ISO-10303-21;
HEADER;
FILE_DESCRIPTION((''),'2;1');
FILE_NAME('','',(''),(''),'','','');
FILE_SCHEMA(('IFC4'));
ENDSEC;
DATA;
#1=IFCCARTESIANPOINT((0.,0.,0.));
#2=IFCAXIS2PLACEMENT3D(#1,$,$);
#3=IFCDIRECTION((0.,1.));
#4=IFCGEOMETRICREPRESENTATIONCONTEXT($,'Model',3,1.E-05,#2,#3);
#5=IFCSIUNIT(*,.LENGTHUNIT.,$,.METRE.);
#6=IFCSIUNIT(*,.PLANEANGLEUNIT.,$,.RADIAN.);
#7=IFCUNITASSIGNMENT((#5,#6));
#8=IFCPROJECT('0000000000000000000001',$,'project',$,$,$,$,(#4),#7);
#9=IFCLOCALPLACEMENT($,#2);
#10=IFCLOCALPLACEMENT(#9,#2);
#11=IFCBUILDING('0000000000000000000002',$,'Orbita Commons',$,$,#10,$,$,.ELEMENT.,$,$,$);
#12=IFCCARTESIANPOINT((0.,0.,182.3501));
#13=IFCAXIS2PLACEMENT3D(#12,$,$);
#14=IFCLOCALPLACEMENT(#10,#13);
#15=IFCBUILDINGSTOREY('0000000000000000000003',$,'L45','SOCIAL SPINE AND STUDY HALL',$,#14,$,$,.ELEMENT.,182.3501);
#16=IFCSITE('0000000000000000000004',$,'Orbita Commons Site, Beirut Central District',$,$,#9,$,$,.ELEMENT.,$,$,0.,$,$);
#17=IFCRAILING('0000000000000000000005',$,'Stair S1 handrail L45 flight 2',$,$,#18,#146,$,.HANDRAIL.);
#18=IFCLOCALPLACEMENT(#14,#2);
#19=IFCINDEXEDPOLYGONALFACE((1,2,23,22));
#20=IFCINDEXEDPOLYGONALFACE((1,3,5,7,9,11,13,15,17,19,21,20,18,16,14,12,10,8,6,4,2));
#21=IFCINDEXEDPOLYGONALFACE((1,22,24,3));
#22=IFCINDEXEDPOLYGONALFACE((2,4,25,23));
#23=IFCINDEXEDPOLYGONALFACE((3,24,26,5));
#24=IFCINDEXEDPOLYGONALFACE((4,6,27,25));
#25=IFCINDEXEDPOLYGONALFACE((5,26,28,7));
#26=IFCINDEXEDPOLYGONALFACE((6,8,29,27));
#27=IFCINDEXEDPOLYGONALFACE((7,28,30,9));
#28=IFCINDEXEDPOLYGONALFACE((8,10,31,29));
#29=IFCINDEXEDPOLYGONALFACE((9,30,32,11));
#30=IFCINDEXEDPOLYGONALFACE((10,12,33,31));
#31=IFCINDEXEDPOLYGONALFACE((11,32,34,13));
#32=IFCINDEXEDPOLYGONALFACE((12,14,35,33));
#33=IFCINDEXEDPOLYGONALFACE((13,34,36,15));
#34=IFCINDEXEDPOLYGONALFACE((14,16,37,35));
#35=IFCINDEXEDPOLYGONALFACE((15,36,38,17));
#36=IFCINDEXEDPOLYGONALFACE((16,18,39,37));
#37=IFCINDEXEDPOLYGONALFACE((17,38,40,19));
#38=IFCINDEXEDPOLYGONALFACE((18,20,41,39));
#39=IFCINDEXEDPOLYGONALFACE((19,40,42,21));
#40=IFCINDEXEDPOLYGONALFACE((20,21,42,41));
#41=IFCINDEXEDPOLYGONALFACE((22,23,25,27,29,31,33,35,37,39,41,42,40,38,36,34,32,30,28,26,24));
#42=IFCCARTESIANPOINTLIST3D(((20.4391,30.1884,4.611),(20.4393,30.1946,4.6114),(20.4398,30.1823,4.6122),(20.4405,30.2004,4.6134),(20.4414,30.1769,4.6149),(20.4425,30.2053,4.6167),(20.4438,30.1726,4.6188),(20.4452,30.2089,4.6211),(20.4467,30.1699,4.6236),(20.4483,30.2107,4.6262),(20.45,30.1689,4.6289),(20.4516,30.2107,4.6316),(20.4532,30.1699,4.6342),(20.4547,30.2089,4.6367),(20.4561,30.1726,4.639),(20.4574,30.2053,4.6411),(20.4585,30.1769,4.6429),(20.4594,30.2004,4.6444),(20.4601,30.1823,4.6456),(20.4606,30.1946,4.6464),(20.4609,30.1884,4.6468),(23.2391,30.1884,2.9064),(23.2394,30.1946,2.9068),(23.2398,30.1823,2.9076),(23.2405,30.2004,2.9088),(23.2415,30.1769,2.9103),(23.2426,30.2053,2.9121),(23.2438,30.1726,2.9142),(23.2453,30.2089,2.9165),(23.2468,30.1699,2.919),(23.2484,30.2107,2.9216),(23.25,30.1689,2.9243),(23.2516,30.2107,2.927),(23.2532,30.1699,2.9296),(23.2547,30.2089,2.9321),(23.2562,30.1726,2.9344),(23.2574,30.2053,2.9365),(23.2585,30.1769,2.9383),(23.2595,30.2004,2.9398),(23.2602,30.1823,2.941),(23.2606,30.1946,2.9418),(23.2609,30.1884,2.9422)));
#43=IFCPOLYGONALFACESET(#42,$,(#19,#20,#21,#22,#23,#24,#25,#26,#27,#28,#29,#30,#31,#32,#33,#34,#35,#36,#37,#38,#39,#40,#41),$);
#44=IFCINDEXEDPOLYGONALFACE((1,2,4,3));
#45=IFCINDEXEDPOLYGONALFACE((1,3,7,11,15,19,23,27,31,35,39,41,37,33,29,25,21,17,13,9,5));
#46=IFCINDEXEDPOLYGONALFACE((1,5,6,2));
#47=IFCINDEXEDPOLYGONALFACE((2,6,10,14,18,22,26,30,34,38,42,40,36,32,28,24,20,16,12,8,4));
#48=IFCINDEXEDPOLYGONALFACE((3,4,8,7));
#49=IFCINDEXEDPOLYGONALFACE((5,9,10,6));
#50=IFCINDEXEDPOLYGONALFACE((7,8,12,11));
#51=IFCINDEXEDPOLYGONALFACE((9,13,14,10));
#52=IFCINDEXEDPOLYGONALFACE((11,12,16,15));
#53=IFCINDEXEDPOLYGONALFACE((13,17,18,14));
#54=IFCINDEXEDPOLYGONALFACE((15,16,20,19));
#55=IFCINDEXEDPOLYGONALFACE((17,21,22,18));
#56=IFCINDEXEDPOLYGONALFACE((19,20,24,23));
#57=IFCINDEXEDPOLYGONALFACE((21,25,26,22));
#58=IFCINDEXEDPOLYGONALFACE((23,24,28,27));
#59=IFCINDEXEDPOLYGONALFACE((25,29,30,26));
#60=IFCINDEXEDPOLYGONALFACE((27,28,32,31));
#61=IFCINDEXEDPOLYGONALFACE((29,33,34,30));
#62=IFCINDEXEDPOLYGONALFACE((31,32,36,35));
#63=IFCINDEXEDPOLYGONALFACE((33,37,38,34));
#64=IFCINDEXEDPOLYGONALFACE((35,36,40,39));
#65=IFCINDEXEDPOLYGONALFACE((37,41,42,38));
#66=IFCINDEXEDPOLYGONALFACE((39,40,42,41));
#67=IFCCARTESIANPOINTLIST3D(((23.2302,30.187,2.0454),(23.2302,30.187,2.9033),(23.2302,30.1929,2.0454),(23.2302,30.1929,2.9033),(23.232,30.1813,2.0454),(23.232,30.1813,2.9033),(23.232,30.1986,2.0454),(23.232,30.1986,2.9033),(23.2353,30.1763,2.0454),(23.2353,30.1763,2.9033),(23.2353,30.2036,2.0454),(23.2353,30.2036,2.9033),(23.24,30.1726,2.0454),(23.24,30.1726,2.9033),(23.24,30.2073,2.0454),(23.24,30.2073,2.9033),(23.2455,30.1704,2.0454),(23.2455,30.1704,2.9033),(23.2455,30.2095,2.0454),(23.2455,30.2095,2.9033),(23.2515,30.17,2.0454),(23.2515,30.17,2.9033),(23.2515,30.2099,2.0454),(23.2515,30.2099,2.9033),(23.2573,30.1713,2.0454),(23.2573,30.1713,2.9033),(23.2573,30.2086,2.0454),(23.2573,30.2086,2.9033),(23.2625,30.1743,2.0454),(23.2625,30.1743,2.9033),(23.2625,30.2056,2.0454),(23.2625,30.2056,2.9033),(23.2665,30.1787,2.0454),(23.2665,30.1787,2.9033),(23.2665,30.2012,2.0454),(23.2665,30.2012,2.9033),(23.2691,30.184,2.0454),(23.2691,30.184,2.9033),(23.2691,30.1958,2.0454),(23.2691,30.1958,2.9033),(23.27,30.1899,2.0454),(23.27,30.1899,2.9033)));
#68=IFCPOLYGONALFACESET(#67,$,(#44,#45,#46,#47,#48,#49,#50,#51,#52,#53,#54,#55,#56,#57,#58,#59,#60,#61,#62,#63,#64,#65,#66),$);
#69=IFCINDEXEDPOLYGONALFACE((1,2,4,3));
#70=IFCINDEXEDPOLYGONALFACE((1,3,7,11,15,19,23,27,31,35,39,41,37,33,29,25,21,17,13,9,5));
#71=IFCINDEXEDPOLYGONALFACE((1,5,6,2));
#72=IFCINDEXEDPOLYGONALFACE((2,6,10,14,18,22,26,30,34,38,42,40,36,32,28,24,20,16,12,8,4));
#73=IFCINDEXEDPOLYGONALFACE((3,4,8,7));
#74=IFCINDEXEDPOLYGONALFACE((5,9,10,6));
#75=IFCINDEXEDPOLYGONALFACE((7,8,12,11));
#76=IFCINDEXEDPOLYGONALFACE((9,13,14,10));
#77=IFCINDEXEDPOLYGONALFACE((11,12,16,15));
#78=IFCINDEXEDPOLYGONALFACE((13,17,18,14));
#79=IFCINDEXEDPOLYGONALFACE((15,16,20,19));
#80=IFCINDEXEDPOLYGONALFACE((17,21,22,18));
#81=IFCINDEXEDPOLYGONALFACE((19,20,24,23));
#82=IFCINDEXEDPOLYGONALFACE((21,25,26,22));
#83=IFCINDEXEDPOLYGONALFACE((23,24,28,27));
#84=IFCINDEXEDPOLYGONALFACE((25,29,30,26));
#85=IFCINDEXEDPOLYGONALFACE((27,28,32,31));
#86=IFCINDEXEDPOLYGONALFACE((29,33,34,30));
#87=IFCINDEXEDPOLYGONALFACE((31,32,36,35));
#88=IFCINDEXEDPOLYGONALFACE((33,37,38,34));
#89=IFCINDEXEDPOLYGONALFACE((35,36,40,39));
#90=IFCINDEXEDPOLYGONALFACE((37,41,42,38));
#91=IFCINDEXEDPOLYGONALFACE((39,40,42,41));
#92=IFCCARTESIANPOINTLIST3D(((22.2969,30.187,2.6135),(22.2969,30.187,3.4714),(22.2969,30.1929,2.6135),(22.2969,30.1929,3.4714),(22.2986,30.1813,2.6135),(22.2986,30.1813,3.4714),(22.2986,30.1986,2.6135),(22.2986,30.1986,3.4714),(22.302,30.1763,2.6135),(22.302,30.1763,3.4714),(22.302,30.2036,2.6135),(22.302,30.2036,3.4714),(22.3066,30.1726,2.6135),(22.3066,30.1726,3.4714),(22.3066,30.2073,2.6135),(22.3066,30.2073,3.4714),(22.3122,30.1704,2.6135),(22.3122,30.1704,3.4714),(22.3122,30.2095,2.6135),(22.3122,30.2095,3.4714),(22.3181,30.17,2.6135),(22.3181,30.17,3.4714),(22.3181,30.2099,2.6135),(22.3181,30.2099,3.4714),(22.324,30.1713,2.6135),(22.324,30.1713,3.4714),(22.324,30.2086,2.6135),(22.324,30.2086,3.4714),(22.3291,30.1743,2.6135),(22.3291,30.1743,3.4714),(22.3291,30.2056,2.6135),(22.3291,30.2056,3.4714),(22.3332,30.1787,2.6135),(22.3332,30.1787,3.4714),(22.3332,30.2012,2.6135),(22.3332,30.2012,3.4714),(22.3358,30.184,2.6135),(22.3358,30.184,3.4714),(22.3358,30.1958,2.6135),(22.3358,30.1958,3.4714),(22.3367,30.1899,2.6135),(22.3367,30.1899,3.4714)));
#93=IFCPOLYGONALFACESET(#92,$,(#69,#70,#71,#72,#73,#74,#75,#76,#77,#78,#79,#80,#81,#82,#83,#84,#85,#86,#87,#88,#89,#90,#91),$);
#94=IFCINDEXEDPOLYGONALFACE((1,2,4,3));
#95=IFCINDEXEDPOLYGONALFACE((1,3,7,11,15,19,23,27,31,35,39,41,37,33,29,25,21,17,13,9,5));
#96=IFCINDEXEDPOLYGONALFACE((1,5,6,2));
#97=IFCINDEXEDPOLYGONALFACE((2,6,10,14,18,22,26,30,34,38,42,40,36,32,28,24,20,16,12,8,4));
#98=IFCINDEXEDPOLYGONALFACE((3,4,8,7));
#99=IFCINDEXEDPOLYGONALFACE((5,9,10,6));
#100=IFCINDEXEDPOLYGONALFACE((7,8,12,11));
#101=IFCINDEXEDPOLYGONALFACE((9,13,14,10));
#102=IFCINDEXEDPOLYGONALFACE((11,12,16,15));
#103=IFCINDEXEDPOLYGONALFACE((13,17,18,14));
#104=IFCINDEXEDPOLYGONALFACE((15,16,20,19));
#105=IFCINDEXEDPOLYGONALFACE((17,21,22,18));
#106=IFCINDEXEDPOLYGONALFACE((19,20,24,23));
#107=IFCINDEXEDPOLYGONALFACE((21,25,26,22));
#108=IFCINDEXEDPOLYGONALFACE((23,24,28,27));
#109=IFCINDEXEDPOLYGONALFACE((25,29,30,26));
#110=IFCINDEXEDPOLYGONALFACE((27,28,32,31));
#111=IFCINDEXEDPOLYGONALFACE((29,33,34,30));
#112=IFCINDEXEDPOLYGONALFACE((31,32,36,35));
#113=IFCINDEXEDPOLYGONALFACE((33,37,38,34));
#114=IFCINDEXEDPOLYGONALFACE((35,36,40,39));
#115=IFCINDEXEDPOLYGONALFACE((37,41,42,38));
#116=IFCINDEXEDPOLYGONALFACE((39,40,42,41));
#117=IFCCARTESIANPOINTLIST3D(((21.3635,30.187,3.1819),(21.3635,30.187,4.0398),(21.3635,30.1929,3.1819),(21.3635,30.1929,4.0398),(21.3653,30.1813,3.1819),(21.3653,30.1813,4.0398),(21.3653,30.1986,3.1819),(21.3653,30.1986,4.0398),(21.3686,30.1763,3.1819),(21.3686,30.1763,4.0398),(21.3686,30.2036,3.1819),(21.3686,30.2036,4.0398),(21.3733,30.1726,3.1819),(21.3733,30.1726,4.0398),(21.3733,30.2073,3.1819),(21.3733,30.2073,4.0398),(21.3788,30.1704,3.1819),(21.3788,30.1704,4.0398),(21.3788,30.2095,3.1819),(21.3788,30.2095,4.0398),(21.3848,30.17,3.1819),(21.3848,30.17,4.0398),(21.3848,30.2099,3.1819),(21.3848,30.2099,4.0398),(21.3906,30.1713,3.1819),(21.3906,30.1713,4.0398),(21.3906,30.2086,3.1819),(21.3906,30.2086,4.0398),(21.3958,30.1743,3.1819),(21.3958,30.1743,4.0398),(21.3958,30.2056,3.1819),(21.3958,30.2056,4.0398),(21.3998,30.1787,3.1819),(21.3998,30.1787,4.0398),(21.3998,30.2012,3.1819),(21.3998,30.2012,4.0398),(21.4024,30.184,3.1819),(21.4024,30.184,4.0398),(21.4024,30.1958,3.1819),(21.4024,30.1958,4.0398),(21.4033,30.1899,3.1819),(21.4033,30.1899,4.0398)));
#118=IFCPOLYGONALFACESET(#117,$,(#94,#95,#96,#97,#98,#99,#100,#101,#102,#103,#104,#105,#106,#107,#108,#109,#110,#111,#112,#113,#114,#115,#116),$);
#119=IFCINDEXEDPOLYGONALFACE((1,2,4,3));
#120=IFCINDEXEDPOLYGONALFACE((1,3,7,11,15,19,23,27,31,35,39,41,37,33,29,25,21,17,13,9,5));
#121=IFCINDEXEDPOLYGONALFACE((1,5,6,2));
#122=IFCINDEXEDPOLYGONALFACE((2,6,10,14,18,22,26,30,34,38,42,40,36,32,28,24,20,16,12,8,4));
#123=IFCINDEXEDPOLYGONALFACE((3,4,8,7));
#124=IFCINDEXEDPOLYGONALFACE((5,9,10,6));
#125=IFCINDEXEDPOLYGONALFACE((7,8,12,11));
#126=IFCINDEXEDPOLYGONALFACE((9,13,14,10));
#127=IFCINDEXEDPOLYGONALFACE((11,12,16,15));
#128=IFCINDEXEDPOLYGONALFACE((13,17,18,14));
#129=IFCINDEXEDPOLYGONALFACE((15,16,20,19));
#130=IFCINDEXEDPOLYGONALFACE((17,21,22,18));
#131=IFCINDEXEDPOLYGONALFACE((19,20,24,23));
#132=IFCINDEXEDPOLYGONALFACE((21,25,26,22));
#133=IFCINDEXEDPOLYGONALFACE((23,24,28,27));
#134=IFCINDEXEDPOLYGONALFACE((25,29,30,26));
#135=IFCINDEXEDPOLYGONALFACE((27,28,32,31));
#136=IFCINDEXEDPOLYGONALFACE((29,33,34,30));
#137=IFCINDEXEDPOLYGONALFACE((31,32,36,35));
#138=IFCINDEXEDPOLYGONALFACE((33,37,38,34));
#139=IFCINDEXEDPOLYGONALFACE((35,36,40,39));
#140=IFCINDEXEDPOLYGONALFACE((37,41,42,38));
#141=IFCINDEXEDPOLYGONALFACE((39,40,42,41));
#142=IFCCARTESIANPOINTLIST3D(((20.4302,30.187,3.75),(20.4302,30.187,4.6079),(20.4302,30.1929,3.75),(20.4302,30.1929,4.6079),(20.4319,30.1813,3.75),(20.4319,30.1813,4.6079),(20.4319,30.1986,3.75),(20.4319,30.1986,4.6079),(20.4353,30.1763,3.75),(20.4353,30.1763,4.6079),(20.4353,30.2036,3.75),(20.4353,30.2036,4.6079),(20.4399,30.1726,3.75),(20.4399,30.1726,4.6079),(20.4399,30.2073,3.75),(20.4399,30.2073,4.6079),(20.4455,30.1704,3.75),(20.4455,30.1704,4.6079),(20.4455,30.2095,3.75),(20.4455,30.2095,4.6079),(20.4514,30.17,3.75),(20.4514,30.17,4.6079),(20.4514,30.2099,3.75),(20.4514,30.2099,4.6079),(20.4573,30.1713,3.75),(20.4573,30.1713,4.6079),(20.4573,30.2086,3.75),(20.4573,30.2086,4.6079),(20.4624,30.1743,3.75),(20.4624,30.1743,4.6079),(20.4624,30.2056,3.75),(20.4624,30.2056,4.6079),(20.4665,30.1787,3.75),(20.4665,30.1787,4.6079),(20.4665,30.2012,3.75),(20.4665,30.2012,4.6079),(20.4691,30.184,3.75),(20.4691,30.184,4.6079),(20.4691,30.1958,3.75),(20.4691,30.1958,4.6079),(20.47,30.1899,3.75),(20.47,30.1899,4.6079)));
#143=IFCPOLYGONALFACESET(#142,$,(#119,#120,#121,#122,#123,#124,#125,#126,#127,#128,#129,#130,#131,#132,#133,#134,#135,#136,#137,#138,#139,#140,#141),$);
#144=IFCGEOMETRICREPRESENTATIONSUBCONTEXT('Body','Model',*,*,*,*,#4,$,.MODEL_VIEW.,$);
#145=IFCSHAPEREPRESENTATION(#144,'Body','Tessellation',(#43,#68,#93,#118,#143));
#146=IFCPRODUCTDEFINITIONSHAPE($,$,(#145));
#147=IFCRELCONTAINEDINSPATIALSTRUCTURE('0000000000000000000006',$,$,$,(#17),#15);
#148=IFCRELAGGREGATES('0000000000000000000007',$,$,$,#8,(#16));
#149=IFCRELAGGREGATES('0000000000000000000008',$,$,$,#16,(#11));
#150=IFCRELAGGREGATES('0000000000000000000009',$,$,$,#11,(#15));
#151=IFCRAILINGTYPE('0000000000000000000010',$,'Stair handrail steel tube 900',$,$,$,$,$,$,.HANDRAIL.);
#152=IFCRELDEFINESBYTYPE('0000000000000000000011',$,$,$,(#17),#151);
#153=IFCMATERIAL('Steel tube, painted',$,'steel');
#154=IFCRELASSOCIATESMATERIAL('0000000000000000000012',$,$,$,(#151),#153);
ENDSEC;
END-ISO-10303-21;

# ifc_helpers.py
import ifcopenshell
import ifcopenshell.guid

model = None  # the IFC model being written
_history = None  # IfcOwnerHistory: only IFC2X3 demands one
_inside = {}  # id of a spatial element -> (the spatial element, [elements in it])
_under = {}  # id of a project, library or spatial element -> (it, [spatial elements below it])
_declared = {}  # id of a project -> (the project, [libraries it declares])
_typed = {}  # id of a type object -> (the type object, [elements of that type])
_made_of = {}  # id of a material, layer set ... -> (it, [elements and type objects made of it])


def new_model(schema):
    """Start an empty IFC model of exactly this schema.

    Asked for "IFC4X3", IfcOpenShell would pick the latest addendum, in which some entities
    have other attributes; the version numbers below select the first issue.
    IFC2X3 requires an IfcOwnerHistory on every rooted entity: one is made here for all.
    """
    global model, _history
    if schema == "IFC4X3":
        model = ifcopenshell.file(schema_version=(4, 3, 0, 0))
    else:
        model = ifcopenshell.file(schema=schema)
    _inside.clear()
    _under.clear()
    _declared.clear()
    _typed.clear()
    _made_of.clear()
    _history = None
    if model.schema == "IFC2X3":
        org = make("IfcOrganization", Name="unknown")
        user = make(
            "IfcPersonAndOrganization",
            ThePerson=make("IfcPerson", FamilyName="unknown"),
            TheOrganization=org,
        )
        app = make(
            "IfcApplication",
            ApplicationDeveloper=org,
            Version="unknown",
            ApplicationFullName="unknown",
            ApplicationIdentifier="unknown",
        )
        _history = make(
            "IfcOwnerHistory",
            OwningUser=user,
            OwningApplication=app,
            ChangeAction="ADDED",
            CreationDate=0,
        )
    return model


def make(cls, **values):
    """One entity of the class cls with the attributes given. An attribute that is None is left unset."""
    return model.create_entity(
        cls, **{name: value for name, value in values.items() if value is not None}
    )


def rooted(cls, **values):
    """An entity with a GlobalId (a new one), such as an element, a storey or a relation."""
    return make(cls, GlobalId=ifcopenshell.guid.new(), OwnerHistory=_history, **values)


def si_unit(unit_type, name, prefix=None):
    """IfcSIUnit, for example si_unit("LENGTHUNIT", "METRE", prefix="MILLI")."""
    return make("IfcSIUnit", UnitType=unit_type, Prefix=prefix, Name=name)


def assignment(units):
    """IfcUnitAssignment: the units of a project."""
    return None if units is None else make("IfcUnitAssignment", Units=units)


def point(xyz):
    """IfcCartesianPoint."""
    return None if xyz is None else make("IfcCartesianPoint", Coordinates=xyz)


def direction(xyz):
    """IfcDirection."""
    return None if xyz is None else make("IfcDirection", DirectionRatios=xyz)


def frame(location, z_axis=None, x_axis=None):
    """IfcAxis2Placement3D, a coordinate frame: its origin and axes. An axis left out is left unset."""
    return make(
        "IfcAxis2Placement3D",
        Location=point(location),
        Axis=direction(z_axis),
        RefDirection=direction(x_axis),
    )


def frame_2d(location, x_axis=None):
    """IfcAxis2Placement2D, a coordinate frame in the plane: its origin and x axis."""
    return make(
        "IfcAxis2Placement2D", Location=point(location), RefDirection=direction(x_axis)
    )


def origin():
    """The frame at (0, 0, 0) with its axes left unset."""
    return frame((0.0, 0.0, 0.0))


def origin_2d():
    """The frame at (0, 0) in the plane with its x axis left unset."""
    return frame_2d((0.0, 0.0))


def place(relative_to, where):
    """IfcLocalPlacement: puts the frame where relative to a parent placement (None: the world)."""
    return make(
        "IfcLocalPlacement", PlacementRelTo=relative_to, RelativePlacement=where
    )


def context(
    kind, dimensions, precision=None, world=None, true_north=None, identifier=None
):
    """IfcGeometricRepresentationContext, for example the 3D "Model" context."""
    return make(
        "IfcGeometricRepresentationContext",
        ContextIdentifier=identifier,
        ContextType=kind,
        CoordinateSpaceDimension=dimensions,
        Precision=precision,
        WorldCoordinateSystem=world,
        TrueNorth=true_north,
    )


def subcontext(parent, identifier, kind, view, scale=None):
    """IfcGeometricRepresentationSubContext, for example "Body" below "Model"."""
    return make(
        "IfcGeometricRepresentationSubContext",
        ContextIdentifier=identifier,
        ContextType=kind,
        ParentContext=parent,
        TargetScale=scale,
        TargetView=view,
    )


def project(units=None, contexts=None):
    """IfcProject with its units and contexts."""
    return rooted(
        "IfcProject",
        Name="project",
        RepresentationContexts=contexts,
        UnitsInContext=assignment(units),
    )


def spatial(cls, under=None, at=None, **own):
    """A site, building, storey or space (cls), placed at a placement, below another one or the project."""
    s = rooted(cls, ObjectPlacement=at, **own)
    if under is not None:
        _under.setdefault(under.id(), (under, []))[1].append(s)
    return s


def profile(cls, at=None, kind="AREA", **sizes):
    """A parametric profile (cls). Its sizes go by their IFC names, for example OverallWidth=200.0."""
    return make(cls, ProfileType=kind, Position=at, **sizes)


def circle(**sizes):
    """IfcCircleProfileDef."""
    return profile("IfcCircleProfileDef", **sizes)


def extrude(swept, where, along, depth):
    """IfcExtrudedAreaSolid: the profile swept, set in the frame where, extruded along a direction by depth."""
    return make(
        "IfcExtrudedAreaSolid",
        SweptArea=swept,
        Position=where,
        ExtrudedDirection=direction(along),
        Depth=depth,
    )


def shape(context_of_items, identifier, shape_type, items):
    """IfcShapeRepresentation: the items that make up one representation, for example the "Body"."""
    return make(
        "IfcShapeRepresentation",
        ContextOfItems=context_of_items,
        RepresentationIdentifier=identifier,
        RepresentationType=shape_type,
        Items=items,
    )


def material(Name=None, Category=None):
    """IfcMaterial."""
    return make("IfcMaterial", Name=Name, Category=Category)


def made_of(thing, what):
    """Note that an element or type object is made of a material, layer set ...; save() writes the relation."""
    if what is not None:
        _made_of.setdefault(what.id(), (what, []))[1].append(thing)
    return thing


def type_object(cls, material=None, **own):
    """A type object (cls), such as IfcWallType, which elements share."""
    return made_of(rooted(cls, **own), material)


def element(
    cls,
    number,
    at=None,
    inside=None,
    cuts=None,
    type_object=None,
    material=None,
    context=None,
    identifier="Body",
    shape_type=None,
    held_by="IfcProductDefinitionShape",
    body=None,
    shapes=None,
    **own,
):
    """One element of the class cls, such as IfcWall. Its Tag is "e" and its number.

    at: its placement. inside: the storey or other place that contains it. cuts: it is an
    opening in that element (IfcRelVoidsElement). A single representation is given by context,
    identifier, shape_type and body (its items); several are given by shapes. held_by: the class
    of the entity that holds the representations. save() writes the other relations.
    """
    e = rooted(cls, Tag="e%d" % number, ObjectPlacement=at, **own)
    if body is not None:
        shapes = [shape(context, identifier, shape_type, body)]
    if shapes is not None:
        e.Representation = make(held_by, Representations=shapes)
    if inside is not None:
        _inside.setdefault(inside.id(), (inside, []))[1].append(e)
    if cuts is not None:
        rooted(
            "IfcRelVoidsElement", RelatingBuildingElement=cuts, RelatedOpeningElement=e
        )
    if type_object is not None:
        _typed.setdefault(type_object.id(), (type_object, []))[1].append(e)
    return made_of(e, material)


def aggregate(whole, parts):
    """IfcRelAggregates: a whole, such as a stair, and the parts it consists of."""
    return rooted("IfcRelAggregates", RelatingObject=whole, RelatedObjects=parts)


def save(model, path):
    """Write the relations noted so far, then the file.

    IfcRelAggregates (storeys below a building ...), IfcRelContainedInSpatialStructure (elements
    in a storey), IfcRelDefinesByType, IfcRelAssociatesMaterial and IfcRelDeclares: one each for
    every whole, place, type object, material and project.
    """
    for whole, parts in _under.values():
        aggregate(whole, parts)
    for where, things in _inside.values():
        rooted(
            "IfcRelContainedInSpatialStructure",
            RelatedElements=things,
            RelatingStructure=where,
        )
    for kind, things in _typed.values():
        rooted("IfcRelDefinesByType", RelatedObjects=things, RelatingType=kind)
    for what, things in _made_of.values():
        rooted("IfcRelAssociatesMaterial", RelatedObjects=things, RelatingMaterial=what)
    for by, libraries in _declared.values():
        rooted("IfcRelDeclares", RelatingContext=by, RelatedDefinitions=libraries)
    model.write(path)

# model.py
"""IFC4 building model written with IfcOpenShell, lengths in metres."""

from ifc_helpers import new_model, si_unit, direction, frame, origin, origin_2d, place, context, subcontext, project, spatial, circle, extrude, material, type_object, element, save


model = new_model("IFC4")

# Units and contexts
model_context = context("Model", 3, precision=1e-05, world=origin(), true_north=direction((0.0, 1.0)))
body_context = subcontext(model_context, "Body", "Model", "MODEL_VIEW")
ifc_project = project(units=[si_unit("LENGTHUNIT", "METRE"), si_unit("PLANEANGLEUNIT", "RADIAN")], contexts=[model_context])

# Site, building, storey
site_placement = place(None, origin())
site = spatial("IfcSite", under=ifc_project, at=site_placement, Name="Orbita Commons Site, Beirut Central District", CompositionType="ELEMENT", RefElevation=0.0)
building_placement = place(site_placement, origin())
building = spatial("IfcBuilding", under=site, at=building_placement, Name="Orbita Commons", CompositionType="ELEMENT")
storey_placement = place(building_placement, frame((0.0, 0.0, 182.3501)))
storey = spatial("IfcBuildingStorey", under=building, at=storey_placement, Name="L45", Description="SOCIAL SPINE AND STUDY HALL", CompositionType="ELEMENT", Elevation=182.3501)

# Railing
ifc_material_1 = material(Name="Steel tube, painted", Category="steel")
railing_type = type_object("IfcRailingType", Name="Stair handrail steel tube 900", PredefinedType="HANDRAIL", material=ifc_material_1)
railing_placement = place(storey_placement, frame((23.25, 30.1899, 2.0454)))
element("IfcRailing", 1, at=railing_placement, inside=storey, type_object=railing_type, Name="Stair S1 handrail L45 flight 2", PredefinedType="HANDRAIL", context=body_context, shape_type="SweptSolid", body=[
    extrude(circle(Radius=0.021, at=origin_2d()), frame((0.0, 0.0, 0.8789), z_axis=(-0.85417, 0.0, 0.519994), x_axis=(0.0, -1.0, 0.0)), (0.0, 0.0, 1.0), 3.2781),
    extrude(circle(Radius=0.02, at=origin_2d()), origin(), (0.0, 0.0, 1.0), 0.8579),
    extrude(circle(Radius=0.02, at=origin_2d()), frame((-0.9333, 0.0, 0.5681)), (0.0, 0.0, 1.0), 0.8579),
    extrude(circle(Radius=0.02, at=origin_2d()), frame((-1.8667, 0.0, 1.1365)), (0.0, 0.0, 1.0), 0.8579),
    extrude(circle(Radius=0.02, at=origin_2d()), frame((-2.8, 0.0, 1.7046)), (0.0, 0.0, 1.0), 0.8579),
])

save(model, "model.ifc")
